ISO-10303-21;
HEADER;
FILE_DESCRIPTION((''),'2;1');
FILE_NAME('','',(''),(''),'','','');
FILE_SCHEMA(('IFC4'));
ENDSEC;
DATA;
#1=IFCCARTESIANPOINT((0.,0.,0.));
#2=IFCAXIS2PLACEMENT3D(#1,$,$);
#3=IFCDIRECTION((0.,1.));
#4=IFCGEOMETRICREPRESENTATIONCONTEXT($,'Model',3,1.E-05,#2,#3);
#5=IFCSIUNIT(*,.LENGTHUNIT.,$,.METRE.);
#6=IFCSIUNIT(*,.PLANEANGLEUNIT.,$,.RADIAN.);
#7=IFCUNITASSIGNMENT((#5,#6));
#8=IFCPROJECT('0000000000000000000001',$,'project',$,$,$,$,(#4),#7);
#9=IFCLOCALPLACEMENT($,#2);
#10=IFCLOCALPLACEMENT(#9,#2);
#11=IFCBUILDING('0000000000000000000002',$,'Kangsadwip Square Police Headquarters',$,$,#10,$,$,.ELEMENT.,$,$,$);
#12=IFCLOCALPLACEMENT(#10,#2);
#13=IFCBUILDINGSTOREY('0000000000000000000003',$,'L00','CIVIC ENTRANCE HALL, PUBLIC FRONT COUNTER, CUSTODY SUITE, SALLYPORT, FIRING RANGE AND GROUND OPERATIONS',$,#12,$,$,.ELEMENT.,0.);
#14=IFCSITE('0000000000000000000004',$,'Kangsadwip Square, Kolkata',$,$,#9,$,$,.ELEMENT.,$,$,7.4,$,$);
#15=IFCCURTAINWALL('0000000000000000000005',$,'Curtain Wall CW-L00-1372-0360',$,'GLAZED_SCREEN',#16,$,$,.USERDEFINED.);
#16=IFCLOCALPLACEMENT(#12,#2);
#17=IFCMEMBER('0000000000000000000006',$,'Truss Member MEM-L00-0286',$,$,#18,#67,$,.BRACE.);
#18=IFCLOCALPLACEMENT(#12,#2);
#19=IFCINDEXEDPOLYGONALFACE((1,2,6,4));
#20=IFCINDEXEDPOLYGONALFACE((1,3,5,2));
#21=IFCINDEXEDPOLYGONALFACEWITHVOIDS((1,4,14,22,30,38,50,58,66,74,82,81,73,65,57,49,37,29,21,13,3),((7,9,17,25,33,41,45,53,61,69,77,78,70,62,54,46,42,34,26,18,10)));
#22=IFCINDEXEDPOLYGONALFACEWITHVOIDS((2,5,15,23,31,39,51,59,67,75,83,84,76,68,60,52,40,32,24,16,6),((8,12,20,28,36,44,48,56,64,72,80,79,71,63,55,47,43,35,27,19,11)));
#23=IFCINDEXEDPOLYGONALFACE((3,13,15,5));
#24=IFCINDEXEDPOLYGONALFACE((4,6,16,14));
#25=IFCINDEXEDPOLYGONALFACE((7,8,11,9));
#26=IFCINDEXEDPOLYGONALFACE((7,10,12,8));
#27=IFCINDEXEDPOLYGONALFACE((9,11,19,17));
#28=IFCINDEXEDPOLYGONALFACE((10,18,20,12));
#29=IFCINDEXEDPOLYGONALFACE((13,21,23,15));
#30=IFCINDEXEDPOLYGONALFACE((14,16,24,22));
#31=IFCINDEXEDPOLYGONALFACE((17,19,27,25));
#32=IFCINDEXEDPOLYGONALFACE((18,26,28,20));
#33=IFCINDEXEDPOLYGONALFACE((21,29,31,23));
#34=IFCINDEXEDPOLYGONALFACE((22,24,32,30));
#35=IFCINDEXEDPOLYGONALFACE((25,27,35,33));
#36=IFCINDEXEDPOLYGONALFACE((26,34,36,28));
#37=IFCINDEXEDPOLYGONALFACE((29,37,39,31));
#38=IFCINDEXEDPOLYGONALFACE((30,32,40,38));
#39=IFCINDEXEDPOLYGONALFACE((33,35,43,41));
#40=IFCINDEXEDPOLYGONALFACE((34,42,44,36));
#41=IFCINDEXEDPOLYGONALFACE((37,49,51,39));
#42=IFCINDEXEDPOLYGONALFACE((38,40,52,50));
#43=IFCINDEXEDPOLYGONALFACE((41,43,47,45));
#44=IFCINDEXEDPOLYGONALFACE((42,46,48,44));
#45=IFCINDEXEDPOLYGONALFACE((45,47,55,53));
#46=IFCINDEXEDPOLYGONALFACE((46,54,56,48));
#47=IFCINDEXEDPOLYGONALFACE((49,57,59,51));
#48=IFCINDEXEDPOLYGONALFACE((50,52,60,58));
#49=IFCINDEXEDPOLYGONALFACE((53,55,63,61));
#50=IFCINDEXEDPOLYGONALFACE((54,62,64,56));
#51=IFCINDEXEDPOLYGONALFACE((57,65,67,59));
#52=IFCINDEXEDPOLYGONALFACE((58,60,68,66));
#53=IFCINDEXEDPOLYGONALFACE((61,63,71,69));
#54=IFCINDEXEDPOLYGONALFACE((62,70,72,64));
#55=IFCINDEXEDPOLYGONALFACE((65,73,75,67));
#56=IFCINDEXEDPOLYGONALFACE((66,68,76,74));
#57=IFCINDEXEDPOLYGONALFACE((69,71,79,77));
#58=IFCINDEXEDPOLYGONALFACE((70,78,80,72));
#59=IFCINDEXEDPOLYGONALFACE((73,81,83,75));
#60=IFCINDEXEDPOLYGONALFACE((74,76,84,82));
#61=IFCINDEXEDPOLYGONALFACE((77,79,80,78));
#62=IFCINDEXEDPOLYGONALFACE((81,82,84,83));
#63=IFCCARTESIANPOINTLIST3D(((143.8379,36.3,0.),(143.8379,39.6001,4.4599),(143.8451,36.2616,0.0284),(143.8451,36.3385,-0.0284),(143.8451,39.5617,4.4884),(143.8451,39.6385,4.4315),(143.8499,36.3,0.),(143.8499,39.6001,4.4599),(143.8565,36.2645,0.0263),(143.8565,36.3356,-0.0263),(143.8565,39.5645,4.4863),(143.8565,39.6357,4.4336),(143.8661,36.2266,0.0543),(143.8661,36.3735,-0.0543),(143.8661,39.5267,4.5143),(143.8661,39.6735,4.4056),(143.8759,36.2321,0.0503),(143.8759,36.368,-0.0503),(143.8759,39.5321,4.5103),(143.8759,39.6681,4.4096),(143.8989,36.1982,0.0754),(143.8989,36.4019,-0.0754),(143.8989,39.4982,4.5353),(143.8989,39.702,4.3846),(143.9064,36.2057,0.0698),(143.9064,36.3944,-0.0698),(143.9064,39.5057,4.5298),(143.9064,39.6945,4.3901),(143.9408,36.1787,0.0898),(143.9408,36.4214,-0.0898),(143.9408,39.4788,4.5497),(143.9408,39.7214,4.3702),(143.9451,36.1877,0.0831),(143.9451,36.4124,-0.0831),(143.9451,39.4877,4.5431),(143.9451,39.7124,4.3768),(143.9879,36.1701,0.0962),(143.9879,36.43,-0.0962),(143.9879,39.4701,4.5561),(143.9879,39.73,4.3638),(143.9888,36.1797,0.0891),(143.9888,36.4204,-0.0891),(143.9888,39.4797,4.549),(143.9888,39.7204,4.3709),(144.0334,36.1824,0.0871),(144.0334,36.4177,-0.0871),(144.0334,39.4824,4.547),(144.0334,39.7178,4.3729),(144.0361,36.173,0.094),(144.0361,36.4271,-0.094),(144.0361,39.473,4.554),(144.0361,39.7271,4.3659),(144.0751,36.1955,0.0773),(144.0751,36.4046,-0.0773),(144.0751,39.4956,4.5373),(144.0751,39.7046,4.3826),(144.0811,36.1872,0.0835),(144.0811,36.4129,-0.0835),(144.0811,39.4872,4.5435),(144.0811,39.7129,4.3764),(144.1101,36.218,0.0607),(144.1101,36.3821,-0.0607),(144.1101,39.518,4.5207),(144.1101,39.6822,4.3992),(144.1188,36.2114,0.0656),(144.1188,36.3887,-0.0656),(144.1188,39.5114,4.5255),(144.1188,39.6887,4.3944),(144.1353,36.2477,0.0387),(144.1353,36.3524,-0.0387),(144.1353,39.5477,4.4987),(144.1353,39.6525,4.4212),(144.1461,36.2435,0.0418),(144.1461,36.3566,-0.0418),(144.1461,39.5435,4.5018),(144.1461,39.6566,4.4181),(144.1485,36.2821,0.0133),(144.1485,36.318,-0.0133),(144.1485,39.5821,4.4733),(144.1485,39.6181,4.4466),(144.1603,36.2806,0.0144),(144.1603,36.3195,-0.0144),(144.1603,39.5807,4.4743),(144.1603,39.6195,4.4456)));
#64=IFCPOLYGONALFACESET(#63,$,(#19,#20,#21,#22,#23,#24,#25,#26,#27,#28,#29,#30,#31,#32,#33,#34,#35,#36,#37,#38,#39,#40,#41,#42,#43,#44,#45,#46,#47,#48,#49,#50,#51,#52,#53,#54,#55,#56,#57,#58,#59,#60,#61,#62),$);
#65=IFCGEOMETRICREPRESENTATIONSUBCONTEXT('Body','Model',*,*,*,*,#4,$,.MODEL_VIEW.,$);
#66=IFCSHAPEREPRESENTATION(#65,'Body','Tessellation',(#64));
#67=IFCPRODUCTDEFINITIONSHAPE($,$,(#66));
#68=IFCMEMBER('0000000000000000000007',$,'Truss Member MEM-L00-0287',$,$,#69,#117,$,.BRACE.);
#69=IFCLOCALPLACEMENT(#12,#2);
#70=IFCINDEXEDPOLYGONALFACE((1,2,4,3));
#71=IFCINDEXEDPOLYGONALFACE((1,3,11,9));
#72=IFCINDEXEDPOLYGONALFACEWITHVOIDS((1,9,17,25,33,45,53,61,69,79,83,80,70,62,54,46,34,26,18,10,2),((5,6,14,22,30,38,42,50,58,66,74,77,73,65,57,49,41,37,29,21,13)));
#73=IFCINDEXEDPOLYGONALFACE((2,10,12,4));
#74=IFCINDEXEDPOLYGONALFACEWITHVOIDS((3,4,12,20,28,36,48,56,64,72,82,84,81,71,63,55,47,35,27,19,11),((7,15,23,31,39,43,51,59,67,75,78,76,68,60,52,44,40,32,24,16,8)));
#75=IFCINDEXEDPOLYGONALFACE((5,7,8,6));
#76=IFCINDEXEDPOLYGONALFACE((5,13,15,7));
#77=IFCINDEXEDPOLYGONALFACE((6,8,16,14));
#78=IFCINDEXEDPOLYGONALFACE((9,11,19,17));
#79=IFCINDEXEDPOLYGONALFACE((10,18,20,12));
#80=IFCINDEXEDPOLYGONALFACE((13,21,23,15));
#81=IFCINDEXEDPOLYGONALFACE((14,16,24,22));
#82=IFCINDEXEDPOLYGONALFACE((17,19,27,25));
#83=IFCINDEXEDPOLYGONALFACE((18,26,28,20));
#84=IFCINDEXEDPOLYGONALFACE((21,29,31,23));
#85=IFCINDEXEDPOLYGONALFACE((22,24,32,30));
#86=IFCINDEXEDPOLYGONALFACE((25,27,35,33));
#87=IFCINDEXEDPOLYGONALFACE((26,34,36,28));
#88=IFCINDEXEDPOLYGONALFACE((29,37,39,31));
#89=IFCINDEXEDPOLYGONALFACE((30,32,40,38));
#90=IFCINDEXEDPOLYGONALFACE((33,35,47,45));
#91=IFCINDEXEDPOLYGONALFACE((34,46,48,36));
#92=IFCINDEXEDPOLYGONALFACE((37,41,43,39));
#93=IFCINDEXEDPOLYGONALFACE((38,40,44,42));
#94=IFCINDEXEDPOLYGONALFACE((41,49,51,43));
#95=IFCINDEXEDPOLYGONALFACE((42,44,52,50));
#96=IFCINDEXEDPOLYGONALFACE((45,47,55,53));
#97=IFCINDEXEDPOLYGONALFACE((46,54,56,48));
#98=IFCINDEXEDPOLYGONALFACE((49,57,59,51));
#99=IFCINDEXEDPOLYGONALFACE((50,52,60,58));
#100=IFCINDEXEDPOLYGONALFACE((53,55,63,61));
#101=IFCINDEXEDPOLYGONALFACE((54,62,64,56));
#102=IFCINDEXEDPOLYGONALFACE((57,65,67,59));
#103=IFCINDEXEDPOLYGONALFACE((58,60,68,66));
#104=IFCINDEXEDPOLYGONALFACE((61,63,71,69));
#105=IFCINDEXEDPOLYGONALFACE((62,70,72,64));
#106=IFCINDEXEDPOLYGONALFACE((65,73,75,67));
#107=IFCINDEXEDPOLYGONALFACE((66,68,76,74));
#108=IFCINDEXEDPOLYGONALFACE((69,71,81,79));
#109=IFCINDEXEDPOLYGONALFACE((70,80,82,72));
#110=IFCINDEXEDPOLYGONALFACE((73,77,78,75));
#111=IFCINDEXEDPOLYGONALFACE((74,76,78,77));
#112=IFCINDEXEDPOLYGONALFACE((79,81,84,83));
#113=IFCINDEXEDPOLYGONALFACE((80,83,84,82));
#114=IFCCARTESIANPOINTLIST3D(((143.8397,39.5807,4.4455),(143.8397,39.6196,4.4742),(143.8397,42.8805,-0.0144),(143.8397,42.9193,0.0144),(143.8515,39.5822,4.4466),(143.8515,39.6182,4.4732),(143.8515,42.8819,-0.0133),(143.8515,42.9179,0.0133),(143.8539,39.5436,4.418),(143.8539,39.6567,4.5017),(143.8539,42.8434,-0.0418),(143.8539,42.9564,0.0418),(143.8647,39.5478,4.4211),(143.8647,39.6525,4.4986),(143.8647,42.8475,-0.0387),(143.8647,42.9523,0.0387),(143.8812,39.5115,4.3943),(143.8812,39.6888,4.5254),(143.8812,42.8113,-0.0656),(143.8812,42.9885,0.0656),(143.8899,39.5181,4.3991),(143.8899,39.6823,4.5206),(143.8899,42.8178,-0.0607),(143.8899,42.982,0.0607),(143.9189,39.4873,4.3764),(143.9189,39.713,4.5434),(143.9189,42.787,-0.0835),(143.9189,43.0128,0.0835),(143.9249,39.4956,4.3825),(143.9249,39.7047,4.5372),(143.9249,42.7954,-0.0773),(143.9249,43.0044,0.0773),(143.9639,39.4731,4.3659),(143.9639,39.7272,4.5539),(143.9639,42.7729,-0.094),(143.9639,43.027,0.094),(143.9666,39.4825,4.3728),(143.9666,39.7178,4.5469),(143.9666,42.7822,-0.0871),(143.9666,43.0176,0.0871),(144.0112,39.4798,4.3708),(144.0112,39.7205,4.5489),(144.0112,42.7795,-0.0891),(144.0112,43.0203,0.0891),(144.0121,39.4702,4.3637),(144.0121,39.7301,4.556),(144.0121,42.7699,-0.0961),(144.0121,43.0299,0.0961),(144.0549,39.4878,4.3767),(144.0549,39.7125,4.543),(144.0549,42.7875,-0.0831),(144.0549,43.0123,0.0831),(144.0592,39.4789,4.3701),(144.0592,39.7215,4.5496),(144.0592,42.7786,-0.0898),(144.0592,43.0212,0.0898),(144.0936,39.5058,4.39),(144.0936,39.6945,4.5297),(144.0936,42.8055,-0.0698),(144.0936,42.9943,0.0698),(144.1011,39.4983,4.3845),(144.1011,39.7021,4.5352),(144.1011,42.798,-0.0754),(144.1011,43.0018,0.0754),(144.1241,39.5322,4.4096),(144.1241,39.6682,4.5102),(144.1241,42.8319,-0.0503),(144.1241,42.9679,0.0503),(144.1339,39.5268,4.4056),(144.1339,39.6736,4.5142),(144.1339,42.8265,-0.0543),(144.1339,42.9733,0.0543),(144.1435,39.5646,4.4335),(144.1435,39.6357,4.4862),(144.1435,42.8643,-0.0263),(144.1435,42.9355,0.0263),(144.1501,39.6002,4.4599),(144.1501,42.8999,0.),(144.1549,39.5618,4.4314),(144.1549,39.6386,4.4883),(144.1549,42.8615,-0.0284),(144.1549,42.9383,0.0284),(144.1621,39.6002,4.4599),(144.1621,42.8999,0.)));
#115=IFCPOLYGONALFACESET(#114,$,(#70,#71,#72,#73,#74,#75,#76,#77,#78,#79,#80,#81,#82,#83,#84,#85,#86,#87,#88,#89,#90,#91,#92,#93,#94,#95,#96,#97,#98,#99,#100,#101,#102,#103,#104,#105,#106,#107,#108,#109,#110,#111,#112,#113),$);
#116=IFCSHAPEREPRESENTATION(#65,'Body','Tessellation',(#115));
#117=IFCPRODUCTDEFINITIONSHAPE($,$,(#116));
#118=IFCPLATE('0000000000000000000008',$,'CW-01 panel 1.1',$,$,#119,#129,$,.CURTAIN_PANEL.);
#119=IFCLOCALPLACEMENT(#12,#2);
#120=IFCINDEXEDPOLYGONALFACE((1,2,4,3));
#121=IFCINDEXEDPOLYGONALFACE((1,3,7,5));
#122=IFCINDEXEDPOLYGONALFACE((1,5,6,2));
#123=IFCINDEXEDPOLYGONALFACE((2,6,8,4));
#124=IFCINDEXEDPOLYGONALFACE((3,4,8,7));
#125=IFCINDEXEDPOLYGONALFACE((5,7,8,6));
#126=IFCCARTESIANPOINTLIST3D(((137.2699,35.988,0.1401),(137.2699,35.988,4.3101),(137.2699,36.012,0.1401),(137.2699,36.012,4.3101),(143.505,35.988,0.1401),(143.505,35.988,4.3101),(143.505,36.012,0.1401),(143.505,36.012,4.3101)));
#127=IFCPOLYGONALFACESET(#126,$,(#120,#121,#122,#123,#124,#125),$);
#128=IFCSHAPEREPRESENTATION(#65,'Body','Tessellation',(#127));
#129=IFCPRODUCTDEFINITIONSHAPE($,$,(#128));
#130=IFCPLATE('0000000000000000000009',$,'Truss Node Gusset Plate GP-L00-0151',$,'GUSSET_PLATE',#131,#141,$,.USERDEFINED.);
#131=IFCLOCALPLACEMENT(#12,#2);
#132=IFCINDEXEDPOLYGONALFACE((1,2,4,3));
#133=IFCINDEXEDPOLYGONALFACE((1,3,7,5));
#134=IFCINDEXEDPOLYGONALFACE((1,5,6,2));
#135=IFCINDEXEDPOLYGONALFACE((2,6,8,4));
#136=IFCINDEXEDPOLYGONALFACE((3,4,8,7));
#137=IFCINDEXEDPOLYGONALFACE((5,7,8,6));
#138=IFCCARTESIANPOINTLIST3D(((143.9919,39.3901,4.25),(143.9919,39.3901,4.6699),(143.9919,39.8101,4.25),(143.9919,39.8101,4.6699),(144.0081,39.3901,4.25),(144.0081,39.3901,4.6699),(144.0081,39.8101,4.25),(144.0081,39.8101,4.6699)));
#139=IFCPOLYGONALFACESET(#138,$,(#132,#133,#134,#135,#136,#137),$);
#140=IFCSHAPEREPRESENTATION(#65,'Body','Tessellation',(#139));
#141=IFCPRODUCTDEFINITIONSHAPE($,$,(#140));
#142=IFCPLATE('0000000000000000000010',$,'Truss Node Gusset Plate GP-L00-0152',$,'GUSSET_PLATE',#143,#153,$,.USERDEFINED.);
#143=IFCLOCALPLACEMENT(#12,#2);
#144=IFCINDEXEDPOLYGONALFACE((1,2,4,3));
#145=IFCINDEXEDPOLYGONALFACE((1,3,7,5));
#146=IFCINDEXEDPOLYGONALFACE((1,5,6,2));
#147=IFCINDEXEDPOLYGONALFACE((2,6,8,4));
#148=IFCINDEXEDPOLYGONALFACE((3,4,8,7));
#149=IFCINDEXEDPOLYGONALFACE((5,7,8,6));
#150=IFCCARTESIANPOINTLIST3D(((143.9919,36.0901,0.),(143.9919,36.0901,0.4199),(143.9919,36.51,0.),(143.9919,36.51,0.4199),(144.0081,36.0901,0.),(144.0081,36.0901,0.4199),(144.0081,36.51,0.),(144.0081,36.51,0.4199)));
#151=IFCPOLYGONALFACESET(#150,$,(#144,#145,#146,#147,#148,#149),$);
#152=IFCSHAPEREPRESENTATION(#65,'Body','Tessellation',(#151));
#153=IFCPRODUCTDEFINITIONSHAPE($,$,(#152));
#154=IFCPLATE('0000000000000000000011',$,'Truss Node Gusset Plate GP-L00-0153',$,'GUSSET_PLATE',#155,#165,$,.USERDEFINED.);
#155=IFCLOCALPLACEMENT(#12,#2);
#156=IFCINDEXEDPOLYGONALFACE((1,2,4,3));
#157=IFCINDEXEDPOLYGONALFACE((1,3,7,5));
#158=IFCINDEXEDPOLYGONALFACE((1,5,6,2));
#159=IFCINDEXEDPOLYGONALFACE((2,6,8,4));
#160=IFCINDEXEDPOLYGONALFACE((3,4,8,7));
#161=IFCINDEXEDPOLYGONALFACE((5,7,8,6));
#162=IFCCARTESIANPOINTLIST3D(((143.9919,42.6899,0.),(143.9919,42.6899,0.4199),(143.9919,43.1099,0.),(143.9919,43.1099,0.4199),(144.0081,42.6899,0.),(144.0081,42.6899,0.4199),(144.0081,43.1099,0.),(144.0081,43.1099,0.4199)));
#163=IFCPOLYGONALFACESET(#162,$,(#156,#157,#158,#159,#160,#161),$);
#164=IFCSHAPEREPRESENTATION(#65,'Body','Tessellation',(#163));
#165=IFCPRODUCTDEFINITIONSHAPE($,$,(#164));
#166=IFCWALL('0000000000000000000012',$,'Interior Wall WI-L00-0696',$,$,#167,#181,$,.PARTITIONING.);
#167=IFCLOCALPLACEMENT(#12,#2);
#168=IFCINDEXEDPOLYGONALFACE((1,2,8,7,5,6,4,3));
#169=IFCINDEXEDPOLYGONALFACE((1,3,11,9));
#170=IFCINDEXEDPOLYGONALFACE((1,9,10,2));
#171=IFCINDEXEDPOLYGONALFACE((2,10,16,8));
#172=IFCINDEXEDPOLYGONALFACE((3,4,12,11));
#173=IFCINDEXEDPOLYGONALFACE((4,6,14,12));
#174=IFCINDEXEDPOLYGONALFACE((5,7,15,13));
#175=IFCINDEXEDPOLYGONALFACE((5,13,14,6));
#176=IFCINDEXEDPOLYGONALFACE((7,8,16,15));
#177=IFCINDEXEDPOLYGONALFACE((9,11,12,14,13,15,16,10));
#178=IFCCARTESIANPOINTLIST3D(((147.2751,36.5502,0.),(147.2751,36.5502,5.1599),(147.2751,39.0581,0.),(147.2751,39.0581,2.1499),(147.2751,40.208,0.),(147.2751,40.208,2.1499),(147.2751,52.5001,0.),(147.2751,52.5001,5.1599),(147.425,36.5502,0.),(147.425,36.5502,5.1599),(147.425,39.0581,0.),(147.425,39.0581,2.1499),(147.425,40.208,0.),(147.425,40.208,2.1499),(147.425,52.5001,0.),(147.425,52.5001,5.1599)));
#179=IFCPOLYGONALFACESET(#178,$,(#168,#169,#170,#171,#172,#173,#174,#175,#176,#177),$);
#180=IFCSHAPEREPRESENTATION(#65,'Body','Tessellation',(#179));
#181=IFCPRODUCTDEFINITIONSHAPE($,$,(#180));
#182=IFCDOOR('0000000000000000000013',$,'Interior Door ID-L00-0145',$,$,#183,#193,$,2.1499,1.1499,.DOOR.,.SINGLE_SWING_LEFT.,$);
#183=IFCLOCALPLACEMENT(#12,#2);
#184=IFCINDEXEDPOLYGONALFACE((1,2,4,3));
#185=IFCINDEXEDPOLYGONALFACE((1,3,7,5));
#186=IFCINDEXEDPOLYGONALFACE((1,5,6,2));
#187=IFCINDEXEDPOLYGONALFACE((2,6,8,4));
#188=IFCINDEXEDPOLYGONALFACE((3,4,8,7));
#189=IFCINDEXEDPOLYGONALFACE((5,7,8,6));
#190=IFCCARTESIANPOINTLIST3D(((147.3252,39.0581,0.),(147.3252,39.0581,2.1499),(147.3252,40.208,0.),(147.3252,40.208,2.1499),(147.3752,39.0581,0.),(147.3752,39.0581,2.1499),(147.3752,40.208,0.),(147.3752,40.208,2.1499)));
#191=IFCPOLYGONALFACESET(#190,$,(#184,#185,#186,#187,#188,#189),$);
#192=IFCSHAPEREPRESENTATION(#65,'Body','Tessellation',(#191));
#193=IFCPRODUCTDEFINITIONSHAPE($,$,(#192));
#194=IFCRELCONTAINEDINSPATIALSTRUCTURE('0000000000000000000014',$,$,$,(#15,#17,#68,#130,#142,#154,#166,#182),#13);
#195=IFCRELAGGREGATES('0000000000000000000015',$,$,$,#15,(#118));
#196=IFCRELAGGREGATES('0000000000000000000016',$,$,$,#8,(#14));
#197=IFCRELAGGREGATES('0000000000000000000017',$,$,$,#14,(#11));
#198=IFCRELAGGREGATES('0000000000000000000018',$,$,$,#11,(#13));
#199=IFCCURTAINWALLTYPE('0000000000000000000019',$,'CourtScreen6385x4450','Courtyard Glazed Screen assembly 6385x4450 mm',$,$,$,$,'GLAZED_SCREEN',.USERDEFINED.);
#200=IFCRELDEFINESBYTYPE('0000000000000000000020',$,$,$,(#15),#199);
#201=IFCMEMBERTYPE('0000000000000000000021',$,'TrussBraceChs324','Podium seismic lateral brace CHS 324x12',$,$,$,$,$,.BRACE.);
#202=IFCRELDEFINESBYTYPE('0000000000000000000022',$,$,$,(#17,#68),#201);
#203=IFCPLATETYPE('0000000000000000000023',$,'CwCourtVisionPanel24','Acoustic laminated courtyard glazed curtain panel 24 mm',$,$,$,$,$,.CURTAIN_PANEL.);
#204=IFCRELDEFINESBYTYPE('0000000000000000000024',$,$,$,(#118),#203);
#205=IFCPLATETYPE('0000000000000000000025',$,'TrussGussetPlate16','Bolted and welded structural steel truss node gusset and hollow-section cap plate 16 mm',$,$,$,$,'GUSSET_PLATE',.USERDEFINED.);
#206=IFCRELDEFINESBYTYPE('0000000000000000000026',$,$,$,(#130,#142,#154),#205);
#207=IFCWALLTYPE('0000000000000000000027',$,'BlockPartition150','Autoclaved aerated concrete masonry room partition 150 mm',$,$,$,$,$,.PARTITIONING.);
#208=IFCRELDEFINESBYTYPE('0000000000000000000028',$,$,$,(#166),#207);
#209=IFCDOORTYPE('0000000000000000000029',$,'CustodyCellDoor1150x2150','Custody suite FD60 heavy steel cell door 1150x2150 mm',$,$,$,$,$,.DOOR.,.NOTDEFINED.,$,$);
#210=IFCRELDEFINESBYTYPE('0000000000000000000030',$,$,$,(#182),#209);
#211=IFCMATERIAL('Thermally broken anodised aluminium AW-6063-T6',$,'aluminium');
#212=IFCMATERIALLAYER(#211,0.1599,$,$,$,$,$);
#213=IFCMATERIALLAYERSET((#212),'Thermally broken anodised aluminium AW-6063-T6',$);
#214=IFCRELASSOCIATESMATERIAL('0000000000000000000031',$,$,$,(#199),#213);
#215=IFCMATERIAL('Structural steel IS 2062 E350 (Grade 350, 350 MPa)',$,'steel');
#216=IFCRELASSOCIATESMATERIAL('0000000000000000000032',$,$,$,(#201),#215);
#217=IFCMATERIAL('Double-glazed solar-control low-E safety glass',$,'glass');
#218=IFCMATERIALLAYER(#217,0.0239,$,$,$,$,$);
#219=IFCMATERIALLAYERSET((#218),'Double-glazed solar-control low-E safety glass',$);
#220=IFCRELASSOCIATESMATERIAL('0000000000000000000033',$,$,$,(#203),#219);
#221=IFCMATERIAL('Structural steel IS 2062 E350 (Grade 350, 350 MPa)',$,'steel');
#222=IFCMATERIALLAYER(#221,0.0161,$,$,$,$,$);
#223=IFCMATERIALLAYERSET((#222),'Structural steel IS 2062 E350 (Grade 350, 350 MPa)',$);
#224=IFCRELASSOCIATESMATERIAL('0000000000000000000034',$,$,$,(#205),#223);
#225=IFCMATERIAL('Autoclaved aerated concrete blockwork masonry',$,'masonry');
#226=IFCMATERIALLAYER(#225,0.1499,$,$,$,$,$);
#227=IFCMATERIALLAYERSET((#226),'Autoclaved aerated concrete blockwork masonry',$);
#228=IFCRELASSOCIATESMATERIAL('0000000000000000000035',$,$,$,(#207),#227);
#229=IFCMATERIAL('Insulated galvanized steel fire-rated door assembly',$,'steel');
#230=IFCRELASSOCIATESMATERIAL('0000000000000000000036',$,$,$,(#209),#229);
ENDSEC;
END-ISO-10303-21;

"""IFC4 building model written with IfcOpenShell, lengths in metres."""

from ifc_helpers import new_model, si_unit, direction, frame, frame_2d, origin, origin_2d, place, context, subcontext, project, spatial, rectangle, hollow_circle, extrude, material, layer, layer_set, material_profile, profile_set, type_object, element, fill, aggregate, save


model = new_model("IFC4")

# Units and contexts
model_context = context("Model", 3, precision=1e-05, world=origin(), true_north=direction((0.0, 1.0)))
body_context = subcontext(model_context, "Body", "Model", "MODEL_VIEW")
ifc_project = project(units=[si_unit("LENGTHUNIT", "METRE"), si_unit("PLANEANGLEUNIT", "RADIAN")], contexts=[model_context])

# Site, building, storey
site_placement = place(None, origin())
site = spatial("IfcSite", under=ifc_project, at=site_placement, Name="Kangsadwip Square, Kolkata", CompositionType="ELEMENT", RefElevation=7.4)
building_placement = place(site_placement, origin())
building = spatial("IfcBuilding", under=site, at=building_placement, Name="Kangsadwip Square Police Headquarters", CompositionType="ELEMENT")
storey_placement = place(building_placement, origin())
storey = spatial("IfcBuildingStorey", under=building, at=storey_placement, Name="L00", Description="CIVIC ENTRANCE HALL, PUBLIC FRONT COUNTER, CUSTODY SUITE, SALLYPORT, FIRING RANGE AND GROUND OPERATIONS", CompositionType="ELEMENT", Elevation=0.0)

# Curtain wall
ifc_material_1 = material(Name="Thermally broken anodised aluminium AW-6063-T6", Category="aluminium")
ifc_layer_1 = layer(ifc_material_1, 0.1599)
ifc_layer_set_1 = layer_set([ifc_layer_1], Name="Thermally broken anodised aluminium AW-6063-T6")
curtain_wall_type = type_object("IfcCurtainWallType", Name="CourtScreen6385x4450", Description="Courtyard Glazed Screen assembly 6385x4450 mm", ElementType="GLAZED_SCREEN", PredefinedType="USERDEFINED", material=ifc_layer_set_1)
curtain_wall_placement = place(storey_placement, origin())
curtain_wall = element("IfcCurtainWall", 1, at=curtain_wall_placement, inside=storey, type_object=curtain_wall_type, Name="Curtain Wall CW-L00-1372-0360", ObjectType="GLAZED_SCREEN", PredefinedType="USERDEFINED")

# Members
ifc_material_2 = material(Name="Structural steel IS 2062 E350 (Grade 350, 350 MPa)", Category="steel")
ifc_material_profile_1 = material_profile(ifc_material_2, hollow_circle(Radius=0.1621, WallThickness=0.012, at=origin_2d()), Name="CHS 324X12")
ifc_profile_set_1 = profile_set([ifc_material_profile_1], Name="Structural steel IS 2062 E350 (Grade 350, 350 MPa)")
member_type_1 = type_object("IfcMemberType", Name="TrussBraceChs324", Description="Podium seismic lateral brace CHS 324x12", PredefinedType="BRACE", material=ifc_profile_set_1)
member_1_placement = place(storey_placement, frame((144.0, 36.3, 0.0), z_axis=(0.0, 0.594805, 0.80387), x_axis=(-1.0, 0.0, 0.0)))
element("IfcMember", 2, at=member_1_placement, inside=storey, type_object=member_type_1, Name="Truss Member MEM-L00-0286", PredefinedType="BRACE", context=body_context, shape_type="SweptSolid", body=[
    extrude(hollow_circle(Radius=0.1621, WallThickness=0.012, at=origin_2d()), origin(), (0.0, 0.0, 1.0), 5.5481),
])
member_2_placement = place(storey_placement, frame((144.0, 42.8999, 0.0), z_axis=(0.0, -0.594777, 0.803891), x_axis=(1.0, 0.0, 0.0)))
element("IfcMember", 3, at=member_2_placement, inside=storey, type_object=member_type_1, Name="Truss Member MEM-L00-0287", PredefinedType="BRACE", context=body_context, shape_type="SweptSolid", body=[
    extrude(hollow_circle(Radius=0.1621, WallThickness=0.012, at=origin_2d()), origin(), (0.0, 0.0, 1.0), 5.5479),
])

# Plate
ifc_material_3 = material(Name="Double-glazed solar-control low-E safety glass", Category="glass")
ifc_layer_2 = layer(ifc_material_3, 0.0239)
ifc_layer_set_2 = layer_set([ifc_layer_2], Name="Double-glazed solar-control low-E safety glass")
plate_type_1 = type_object("IfcPlateType", Name="CwCourtVisionPanel24", Description="Acoustic laminated courtyard glazed curtain panel 24 mm", PredefinedType="CURTAIN_PANEL", material=ifc_layer_set_2)
plate_placement = place(storey_placement, frame((140.3875, 36.0, 0.1401), z_axis=(0.0, 0.0, 1.0), x_axis=(1.0, 0.0, 0.0)))
plate = element("IfcPlate", 4, at=plate_placement, type_object=plate_type_1, Name="CW-01 panel 1.1", PredefinedType="CURTAIN_PANEL", context=body_context, shape_type="SweptSolid", body=[
    extrude(rectangle(XDim=6.2351, YDim=0.0239, at=origin_2d()), origin(), (0.0, 0.0, 1.0), 4.1699),
])
aggregate(curtain_wall, [plate])

# Plates
ifc_material_4 = material(Name="Structural steel IS 2062 E350 (Grade 350, 350 MPa)", Category="steel")
ifc_layer_3 = layer(ifc_material_4, 0.0161)
ifc_layer_set_3 = layer_set([ifc_layer_3], Name="Structural steel IS 2062 E350 (Grade 350, 350 MPa)")
plate_type_2 = type_object("IfcPlateType", Name="TrussGussetPlate16", Description="Bolted and welded structural steel truss node gusset and hollow-section cap plate 16 mm", ElementType="GUSSET_PLATE", PredefinedType="USERDEFINED", material=ifc_layer_set_3)
for number, where, z_axis, x_axis, name in (
    (5, (144.0, 39.6001, 4.25), (0.0, 0.0, 1.0), (0.0, 1.0, 0.0), "Truss Node Gusset Plate GP-L00-0151"),
    (6, (144.0, 36.3, 0.0), (0.0, 0.0, 1.0), (0.0, 1.0, 0.0), "Truss Node Gusset Plate GP-L00-0152"),
    (7, (144.0, 42.8999, 0.0), (0.0, 0.0, 1.0), (0.0, 1.0, 0.0), "Truss Node Gusset Plate GP-L00-0153"),
):
    element("IfcPlate", number, at=place(storey_placement, frame(where, z_axis=z_axis, x_axis=x_axis)), inside=storey, type_object=plate_type_2, Name=name, ObjectType="GUSSET_PLATE", PredefinedType="USERDEFINED", context=body_context, shape_type="SweptSolid", body=[
        extrude(rectangle(XDim=0.4199, YDim=0.0161, at=origin_2d()), origin(), (0.0, 0.0, 1.0), 0.4199),
    ])

# Wall, opening, door
ifc_material_5 = material(Name="Autoclaved aerated concrete blockwork masonry", Category="masonry")
ifc_layer_4 = layer(ifc_material_5, 0.1499)
ifc_layer_set_4 = layer_set([ifc_layer_4], Name="Autoclaved aerated concrete blockwork masonry")
wall_type_1 = type_object("IfcWallType", Name="BlockPartition150", Description="Autoclaved aerated concrete masonry room partition 150 mm", PredefinedType="PARTITIONING", material=ifc_layer_set_4)
wall_1_placement = place(storey_placement, frame((147.3501, 36.55, 0.0), z_axis=(0.0, 0.0, 1.0), x_axis=(0.0, 1.0, 0.0)))
wall_1 = element("IfcWall", 8, at=wall_1_placement, inside=storey, type_object=wall_type_1, Name="Interior Wall WI-L00-0696", PredefinedType="PARTITIONING", context=body_context, shape_type="SweptSolid", body=[
    extrude(rectangle(XDim=15.95, YDim=0.1499, at=frame_2d((7.9751, 0.0))), origin(), (0.0, 0.0, 1.0), 5.1599),
])
opening_placement = place(wall_1_placement, frame((2.5081, 0.0, 0.0)))
opening = element("IfcOpeningElement", 9, at=opening_placement, cuts=wall_1, PredefinedType="OPENING", context=body_context, shape_type="SweptSolid", body=[
    extrude(rectangle(XDim=1.1499, YDim=2.1499, at=frame_2d((0.575, 1.075))), frame((0.0, 0.085, 0.0), z_axis=(0.0, -1.0, 0.0), x_axis=(1.0, 0.0, 0.0)), (0.0, 0.0, 1.0), 0.1699),
])
ifc_material_6 = material(Name="Insulated galvanized steel fire-rated door assembly", Category="steel")
door_type = type_object("IfcDoorType", Name="CustodyCellDoor1150x2150", Description="Custody suite FD60 heavy steel cell door 1150x2150 mm", OperationType="NOTDEFINED", PredefinedType="DOOR", material=ifc_material_6)
door_placement = place(opening_placement, origin())
door = element("IfcDoor", 10, at=door_placement, inside=storey, type_object=door_type, Name="Interior Door ID-L00-0145", OperationType="SINGLE_SWING_LEFT", OverallHeight=2.1499, OverallWidth=1.1499, PredefinedType="DOOR", context=body_context, shape_type="SweptSolid", body=[
    extrude(rectangle(XDim=1.1499, YDim=2.1499, at=frame_2d((0.575, 1.075))), frame((0.0, 0.0249, 0.0), z_axis=(0.0, -1.0, 0.0), x_axis=(1.0, 0.0, 0.0)), (0.0, 0.0, 1.0), 0.05),
])
fill(opening, door)

save(model, "model.ifc")
